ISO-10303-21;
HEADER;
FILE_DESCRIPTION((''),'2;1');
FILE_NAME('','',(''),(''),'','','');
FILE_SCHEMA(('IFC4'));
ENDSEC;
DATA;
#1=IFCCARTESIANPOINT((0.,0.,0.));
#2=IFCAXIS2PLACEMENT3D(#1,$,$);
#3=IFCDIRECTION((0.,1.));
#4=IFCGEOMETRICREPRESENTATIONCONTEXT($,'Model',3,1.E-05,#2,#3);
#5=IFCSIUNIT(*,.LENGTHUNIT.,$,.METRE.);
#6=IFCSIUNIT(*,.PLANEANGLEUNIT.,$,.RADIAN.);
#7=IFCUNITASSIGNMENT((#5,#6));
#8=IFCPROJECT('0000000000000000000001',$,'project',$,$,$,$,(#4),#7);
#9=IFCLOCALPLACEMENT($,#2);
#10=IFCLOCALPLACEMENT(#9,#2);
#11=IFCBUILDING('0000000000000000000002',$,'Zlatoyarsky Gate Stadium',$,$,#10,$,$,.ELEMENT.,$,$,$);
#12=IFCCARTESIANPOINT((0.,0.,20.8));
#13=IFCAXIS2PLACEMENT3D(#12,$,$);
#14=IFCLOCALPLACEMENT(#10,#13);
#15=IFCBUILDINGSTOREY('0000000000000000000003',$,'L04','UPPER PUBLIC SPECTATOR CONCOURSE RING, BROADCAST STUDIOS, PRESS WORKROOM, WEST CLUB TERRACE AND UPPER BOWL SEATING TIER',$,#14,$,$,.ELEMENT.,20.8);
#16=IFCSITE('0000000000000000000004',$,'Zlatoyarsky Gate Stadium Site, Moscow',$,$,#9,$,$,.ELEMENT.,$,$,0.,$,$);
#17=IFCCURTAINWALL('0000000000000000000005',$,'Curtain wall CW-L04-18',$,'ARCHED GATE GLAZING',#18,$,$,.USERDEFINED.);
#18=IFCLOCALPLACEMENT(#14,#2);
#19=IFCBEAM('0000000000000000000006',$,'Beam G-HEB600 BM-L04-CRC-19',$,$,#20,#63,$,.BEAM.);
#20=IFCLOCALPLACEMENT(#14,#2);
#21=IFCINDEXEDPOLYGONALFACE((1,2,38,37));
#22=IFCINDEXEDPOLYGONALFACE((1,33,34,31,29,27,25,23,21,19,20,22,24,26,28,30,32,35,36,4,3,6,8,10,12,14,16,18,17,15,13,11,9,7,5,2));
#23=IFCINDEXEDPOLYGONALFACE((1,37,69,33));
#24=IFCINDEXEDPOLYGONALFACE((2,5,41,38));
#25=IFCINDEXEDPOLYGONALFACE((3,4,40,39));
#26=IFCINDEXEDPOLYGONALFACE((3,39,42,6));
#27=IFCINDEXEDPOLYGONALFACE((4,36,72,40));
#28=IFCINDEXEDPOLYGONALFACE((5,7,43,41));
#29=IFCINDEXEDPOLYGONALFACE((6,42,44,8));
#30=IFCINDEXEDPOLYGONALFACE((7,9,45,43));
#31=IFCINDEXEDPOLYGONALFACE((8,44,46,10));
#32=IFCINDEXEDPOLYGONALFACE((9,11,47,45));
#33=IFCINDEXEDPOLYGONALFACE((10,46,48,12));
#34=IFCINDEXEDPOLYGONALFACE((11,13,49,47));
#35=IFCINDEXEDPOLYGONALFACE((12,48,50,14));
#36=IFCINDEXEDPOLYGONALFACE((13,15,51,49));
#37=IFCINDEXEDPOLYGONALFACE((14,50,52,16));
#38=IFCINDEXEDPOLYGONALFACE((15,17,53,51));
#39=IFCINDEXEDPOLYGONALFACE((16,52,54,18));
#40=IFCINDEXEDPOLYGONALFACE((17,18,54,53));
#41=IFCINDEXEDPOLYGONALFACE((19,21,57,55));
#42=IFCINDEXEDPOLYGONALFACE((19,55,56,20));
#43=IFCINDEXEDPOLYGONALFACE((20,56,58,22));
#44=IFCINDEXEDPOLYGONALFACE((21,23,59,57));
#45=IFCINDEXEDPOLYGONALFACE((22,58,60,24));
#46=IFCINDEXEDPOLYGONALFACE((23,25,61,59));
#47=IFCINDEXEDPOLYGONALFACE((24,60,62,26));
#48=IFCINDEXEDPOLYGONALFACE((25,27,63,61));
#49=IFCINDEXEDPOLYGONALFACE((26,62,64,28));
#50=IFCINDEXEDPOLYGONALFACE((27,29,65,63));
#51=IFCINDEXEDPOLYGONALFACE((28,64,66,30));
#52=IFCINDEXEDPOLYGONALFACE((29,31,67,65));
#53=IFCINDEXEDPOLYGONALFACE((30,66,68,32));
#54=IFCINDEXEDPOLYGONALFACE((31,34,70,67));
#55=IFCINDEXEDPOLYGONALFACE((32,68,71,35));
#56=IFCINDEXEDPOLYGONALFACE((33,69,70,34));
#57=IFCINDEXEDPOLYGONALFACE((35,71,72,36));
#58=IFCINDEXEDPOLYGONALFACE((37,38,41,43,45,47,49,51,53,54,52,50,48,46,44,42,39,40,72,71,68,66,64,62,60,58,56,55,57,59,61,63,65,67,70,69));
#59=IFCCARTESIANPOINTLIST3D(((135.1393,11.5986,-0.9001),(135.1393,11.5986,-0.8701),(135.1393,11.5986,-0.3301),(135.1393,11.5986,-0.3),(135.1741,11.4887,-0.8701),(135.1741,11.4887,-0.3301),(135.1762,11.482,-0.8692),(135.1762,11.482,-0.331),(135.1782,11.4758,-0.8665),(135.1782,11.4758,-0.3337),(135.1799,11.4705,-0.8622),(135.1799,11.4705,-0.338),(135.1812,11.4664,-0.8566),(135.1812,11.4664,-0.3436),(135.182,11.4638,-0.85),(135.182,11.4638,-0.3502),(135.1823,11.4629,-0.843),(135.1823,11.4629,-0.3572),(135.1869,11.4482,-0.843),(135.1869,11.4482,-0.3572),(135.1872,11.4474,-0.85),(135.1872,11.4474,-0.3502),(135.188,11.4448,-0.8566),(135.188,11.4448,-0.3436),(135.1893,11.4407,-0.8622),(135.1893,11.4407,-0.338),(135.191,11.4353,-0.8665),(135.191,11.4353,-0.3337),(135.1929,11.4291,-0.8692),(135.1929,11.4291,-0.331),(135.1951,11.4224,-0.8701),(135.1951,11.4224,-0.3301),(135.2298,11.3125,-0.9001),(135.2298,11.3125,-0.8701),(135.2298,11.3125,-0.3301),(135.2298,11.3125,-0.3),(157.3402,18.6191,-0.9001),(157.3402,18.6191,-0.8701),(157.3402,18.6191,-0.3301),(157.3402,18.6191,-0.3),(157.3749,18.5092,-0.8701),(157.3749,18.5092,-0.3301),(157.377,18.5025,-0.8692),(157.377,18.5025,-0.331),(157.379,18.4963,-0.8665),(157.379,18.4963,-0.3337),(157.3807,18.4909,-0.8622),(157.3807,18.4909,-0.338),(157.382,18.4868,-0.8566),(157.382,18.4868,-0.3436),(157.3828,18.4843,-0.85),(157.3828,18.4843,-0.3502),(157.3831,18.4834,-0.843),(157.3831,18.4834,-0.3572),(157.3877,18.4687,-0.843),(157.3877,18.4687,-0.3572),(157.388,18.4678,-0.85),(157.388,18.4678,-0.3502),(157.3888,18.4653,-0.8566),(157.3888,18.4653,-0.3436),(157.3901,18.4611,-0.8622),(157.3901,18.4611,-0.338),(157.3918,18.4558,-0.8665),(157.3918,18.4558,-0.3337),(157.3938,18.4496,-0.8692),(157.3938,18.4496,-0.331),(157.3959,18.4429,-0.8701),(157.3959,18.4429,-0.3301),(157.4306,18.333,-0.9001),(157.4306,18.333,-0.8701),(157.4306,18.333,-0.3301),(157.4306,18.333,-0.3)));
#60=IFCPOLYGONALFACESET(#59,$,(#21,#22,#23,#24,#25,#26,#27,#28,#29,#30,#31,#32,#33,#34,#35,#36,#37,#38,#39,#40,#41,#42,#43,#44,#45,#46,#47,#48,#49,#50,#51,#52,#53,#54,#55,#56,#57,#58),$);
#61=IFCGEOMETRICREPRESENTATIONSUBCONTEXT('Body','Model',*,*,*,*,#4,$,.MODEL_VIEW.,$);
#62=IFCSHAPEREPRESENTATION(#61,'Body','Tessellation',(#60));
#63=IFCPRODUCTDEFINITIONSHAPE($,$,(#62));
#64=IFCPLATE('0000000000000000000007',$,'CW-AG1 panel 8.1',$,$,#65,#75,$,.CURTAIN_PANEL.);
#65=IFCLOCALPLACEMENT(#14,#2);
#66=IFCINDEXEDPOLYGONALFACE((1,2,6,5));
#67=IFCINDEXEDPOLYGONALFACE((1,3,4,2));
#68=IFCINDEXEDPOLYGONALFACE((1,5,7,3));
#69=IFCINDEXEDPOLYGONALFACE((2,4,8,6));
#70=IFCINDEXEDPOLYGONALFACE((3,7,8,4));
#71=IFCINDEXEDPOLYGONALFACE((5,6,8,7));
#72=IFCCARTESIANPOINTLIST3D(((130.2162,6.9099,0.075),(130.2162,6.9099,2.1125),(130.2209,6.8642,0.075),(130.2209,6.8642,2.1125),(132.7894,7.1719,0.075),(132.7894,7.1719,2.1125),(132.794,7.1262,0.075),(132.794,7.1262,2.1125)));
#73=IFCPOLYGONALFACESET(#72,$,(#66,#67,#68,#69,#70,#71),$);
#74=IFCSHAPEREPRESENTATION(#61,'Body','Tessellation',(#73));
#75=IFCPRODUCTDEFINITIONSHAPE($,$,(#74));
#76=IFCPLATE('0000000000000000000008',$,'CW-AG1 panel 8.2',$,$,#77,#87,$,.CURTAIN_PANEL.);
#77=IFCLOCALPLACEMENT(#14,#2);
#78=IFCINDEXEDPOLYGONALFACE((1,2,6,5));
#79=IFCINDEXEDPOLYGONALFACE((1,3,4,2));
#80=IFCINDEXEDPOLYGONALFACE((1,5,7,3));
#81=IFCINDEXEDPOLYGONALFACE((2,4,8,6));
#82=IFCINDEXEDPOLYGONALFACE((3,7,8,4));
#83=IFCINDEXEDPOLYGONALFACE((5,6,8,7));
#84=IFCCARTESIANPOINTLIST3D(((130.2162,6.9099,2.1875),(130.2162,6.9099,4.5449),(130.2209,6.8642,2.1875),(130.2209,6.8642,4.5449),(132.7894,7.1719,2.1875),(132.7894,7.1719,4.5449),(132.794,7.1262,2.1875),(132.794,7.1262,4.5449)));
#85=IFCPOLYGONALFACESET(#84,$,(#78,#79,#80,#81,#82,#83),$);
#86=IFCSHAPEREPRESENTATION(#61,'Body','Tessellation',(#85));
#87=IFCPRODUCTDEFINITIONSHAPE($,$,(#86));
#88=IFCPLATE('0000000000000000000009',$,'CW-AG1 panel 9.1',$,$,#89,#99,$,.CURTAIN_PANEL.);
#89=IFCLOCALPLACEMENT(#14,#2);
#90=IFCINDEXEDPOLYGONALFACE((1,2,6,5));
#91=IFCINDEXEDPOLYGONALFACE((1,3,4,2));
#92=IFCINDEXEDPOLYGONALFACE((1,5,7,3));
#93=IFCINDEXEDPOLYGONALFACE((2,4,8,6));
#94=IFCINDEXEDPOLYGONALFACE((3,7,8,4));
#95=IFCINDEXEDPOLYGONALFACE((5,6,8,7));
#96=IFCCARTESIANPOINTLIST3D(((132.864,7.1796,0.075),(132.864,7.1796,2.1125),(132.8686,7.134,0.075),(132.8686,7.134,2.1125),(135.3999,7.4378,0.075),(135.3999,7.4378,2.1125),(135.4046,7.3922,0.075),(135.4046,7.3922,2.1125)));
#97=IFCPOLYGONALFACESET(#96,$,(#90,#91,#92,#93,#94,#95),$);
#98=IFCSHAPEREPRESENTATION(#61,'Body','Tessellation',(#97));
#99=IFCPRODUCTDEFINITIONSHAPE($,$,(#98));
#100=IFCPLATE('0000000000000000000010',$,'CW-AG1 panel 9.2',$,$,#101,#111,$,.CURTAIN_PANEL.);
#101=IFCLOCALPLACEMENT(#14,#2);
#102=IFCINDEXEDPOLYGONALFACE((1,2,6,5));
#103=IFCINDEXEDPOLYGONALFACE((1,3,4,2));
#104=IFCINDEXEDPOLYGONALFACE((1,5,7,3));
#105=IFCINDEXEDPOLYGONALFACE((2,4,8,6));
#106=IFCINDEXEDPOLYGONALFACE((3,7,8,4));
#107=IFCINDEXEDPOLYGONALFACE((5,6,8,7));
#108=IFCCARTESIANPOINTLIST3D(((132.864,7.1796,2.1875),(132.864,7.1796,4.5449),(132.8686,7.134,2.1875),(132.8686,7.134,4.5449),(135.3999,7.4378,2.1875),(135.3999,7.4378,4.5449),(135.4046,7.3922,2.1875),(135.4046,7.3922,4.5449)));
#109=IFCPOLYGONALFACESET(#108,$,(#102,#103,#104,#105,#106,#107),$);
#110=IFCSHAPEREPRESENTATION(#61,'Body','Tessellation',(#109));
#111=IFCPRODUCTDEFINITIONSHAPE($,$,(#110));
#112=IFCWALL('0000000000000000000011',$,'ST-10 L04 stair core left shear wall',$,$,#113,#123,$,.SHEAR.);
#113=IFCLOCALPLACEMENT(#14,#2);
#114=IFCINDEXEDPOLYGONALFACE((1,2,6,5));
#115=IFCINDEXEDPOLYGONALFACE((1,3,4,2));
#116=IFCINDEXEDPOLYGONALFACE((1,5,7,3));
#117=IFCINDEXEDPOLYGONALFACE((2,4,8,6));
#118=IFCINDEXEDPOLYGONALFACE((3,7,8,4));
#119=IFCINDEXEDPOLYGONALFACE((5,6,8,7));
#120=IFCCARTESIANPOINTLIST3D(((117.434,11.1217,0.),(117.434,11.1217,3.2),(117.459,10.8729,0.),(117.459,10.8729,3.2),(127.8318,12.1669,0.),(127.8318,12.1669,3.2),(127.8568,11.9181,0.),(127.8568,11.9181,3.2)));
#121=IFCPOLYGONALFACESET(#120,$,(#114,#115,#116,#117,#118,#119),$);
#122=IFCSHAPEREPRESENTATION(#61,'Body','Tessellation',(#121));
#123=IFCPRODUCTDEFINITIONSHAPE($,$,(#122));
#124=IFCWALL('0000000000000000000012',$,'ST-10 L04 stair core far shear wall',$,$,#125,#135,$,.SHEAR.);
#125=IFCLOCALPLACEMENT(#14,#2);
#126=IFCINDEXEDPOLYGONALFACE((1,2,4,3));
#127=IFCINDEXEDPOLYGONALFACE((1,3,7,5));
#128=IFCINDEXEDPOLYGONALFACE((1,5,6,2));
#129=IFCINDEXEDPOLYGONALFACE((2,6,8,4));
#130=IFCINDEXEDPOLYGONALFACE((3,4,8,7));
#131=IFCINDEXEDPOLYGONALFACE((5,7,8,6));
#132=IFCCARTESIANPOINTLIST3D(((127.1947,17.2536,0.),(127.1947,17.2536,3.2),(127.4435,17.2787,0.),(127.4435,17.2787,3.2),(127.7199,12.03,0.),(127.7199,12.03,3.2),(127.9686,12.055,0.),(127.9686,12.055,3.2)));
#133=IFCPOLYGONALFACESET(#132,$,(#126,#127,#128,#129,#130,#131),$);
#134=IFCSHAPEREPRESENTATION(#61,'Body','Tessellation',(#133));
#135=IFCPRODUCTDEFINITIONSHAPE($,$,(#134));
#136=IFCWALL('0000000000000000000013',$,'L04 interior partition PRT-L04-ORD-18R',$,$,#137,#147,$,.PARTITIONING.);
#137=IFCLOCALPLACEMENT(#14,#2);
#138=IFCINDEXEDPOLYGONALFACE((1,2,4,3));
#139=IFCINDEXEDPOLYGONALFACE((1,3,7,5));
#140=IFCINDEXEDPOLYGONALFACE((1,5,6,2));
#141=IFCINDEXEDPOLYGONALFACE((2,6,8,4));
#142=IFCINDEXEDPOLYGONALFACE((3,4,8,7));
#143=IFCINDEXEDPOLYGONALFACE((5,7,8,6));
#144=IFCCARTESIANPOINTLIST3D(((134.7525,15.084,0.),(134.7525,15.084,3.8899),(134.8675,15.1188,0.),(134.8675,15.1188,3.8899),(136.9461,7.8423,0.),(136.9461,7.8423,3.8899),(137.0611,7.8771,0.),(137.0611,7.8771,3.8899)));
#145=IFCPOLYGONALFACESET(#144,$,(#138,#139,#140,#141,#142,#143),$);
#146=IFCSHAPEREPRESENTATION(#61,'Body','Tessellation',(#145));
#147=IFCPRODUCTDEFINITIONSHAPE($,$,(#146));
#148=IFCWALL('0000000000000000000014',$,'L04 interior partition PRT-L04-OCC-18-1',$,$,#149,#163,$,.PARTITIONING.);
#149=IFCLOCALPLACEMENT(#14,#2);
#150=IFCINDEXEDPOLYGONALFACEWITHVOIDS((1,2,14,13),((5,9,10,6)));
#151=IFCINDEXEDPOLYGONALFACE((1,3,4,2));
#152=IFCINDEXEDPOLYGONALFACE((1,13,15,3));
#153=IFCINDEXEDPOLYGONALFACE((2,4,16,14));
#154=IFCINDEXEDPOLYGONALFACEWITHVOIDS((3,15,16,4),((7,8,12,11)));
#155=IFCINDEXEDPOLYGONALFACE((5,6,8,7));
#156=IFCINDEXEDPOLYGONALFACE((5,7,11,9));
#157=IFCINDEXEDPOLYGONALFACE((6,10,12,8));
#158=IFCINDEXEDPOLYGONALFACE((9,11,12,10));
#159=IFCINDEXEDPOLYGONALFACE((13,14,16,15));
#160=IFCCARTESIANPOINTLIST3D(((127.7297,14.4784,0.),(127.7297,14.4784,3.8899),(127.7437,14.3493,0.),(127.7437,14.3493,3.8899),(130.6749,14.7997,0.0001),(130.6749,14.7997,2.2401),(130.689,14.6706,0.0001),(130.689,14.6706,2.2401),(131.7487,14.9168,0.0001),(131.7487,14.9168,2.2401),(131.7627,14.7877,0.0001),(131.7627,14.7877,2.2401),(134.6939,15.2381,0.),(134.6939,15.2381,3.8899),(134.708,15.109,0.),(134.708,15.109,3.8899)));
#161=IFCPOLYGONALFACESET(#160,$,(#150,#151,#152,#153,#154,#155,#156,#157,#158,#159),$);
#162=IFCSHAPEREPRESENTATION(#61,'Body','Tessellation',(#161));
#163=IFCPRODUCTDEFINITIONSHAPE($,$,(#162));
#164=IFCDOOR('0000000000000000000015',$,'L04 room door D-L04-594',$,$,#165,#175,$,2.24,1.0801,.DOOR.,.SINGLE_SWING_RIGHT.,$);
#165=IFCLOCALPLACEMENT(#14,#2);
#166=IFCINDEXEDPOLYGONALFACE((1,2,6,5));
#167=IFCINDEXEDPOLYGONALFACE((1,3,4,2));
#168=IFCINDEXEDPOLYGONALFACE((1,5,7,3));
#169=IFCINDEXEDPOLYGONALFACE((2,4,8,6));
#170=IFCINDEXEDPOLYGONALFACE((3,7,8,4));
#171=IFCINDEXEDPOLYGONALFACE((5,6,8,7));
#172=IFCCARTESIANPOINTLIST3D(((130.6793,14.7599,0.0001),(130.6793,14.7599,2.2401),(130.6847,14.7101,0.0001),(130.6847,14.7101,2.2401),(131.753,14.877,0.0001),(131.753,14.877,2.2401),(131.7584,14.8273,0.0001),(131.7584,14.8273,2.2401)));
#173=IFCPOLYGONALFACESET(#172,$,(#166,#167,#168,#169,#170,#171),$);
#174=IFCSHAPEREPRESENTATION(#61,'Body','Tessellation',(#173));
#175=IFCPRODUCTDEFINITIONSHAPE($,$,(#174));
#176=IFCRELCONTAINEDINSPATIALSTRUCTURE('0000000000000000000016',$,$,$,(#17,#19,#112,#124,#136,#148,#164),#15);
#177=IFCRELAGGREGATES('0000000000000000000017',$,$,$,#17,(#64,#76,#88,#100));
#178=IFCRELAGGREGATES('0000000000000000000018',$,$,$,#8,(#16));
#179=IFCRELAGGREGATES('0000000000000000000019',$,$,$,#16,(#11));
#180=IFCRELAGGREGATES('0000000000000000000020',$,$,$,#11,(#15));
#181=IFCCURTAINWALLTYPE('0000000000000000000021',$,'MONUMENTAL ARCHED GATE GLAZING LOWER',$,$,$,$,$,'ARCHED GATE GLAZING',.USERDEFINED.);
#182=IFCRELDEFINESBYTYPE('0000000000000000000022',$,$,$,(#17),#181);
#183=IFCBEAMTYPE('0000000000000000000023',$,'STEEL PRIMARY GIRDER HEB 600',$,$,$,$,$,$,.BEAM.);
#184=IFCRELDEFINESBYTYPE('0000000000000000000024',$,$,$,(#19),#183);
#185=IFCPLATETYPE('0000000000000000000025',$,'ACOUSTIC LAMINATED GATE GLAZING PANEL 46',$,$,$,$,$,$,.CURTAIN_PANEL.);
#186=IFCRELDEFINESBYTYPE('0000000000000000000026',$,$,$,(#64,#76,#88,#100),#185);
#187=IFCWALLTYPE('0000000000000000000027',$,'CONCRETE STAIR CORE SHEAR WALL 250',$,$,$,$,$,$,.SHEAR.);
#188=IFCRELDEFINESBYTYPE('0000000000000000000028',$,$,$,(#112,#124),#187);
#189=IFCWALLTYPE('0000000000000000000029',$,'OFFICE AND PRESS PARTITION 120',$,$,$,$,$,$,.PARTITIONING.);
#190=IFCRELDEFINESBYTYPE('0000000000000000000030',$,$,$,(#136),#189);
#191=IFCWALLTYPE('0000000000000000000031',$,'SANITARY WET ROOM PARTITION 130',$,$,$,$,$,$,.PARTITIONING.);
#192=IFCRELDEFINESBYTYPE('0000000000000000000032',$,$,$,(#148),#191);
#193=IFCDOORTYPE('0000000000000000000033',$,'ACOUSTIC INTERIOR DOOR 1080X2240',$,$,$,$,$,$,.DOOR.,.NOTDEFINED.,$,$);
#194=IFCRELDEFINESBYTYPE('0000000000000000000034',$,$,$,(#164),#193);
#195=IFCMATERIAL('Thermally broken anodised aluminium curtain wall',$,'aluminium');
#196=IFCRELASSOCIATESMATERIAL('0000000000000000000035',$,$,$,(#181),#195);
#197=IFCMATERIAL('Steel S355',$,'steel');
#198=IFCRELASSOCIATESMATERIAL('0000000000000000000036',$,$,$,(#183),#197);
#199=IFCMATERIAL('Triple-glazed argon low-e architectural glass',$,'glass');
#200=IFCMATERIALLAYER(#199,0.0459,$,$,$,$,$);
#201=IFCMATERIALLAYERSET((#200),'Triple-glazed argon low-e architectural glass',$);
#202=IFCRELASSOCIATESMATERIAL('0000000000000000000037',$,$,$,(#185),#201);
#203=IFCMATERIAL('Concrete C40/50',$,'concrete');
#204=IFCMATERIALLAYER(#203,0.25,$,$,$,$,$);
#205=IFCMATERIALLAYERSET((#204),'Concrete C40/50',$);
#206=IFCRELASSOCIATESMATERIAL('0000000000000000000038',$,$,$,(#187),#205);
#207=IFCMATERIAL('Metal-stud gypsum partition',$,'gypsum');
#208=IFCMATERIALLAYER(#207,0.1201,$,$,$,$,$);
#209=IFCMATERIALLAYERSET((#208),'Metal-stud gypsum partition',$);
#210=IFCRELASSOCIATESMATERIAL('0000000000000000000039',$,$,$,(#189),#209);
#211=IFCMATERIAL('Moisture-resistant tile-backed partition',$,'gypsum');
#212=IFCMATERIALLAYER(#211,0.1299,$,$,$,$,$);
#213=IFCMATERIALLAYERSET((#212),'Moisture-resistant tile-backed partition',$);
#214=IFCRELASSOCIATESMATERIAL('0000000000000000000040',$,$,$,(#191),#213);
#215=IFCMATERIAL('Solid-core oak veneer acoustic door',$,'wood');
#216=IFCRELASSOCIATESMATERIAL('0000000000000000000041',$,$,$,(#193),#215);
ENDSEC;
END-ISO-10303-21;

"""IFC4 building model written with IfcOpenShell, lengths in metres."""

from ifc_helpers import new_model, si_unit, direction, frame, frame_2d, origin, origin_2d, place, context, subcontext, project, spatial, rectangle, i_section, extrude, material, layer, layer_set, material_profile, profile_set, type_object, element, fill, aggregate, save


model = new_model("IFC4")

# Units and contexts
model_context = context("Model", 3, precision=1e-05, world=origin(), true_north=direction((0.0, 1.0)))
body_context = subcontext(model_context, "Body", "Model", "MODEL_VIEW")
ifc_project = project(units=[si_unit("LENGTHUNIT", "METRE"), si_unit("PLANEANGLEUNIT", "RADIAN")], contexts=[model_context])

# Site, building, storey
site_placement = place(None, origin())
site = spatial("IfcSite", under=ifc_project, at=site_placement, Name="Zlatoyarsky Gate Stadium Site, Moscow", CompositionType="ELEMENT", RefElevation=0.0)
building_placement = place(site_placement, origin())
building = spatial("IfcBuilding", under=site, at=building_placement, Name="Zlatoyarsky Gate Stadium", CompositionType="ELEMENT")
storey_placement = place(building_placement, frame((0.0, 0.0, 20.8)))
storey = spatial("IfcBuildingStorey", under=building, at=storey_placement, Name="L04", Description="UPPER PUBLIC SPECTATOR CONCOURSE RING, BROADCAST STUDIOS, PRESS WORKROOM, WEST CLUB TERRACE AND UPPER BOWL SEATING TIER", CompositionType="ELEMENT", Elevation=20.8)

# Shared definitions
ifc_material_1 = material(Name="Steel S355", Category="steel")

# Curtain wall
ifc_material_2 = material(Name="Thermally broken anodised aluminium curtain wall", Category="aluminium")
curtain_wall_type = type_object("IfcCurtainWallType", Name="MONUMENTAL ARCHED GATE GLAZING LOWER", ElementType="ARCHED GATE GLAZING", PredefinedType="USERDEFINED", material=ifc_material_2)
curtain_wall_placement = place(storey_placement, origin())
curtain_wall = element("IfcCurtainWall", 1, at=curtain_wall_placement, inside=storey, type_object=curtain_wall_type, Name="Curtain wall CW-L04-18", ObjectType="ARCHED GATE GLAZING", PredefinedType="USERDEFINED")

# Beam
ifc_material_profile_1 = material_profile(ifc_material_1, i_section(OverallWidth=0.3, OverallDepth=0.6001, WebThickness=0.0154, FlangeThickness=0.03, FilletRadius=0.0271, at=origin_2d()), Name="HEB 600")
ifc_profile_set_1 = profile_set([ifc_material_profile_1], Name="Steel S355")
beam_type_1 = type_object("IfcBeamType", Name="STEEL PRIMARY GIRDER HEB 600", PredefinedType="BEAM", material=ifc_profile_set_1)
beam_1_placement = place(storey_placement, frame((135.1846, 11.4556, -0.6001), z_axis=(0.953463, 0.30151, 0.0), x_axis=(-0.30151, 0.953463, 0.0)))
element("IfcBeam", 2, at=beam_1_placement, inside=storey, type_object=beam_type_1, Name="Beam G-HEB600 BM-L04-CRC-19", PredefinedType="BEAM", context=body_context, shape_type="SweptSolid", body=[
    extrude(i_section(OverallWidth=0.3, OverallDepth=0.6001, WebThickness=0.0154, FlangeThickness=0.03, FilletRadius=0.0271, at=origin_2d()), origin(), (0.0, 0.0, 1.0), 23.2844),
])

# Plates
ifc_material_3 = material(Name="Triple-glazed argon low-e architectural glass", Category="glass")
ifc_layer_1 = layer(ifc_material_3, 0.0459)
ifc_layer_set_1 = layer_set([ifc_layer_1], Name="Triple-glazed argon low-e architectural glass")
plate_type = type_object("IfcPlateType", Name="ACOUSTIC LAMINATED GATE GLAZING PANEL 46", PredefinedType="CURTAIN_PANEL", material=ifc_layer_set_1)
plate_1_placement = place(storey_placement, frame((131.5051, 7.0181, 0.075), z_axis=(0.0, 0.0, 1.0), x_axis=(0.994857, 0.101293, 0.0)))
plate_1 = element("IfcPlate", 3, at=plate_1_placement, type_object=plate_type, Name="CW-AG1 panel 8.1", PredefinedType="CURTAIN_PANEL", context=body_context, shape_type="SweptSolid", body=[
    extrude(rectangle(XDim=2.5864, YDim=0.0459, at=origin_2d()), origin(), (0.0, 0.0, 1.0), 2.0376),
])
plate_2_placement = place(storey_placement, frame((131.5051, 7.0181, 2.1875), z_axis=(0.0, 0.0, 1.0), x_axis=(0.994857, 0.101293, 0.0)))
plate_2 = element("IfcPlate", 4, at=plate_2_placement, type_object=plate_type, Name="CW-AG1 panel 8.2", PredefinedType="CURTAIN_PANEL", context=body_context, shape_type="SweptSolid", body=[
    extrude(rectangle(XDim=2.5864, YDim=0.0459, at=origin_2d()), origin(), (0.0, 0.0, 1.0), 2.3574),
])
plate_3_placement = place(storey_placement, frame((134.1343, 7.2859, 0.075), z_axis=(0.0, 0.0, 1.0), x_axis=(0.994857, 0.101293, 0.0)))
plate_3 = element("IfcPlate", 5, at=plate_3_placement, type_object=plate_type, Name="CW-AG1 panel 9.1", PredefinedType="CURTAIN_PANEL", context=body_context, shape_type="SweptSolid", body=[
    extrude(rectangle(XDim=2.5491, YDim=0.0459, at=origin_2d()), origin(), (0.0, 0.0, 1.0), 2.0376),
])
plate_4_placement = place(storey_placement, frame((134.1343, 7.2859, 2.1875), z_axis=(0.0, 0.0, 1.0), x_axis=(0.994857, 0.101293, 0.0)))
plate_4 = element("IfcPlate", 6, at=plate_4_placement, type_object=plate_type, Name="CW-AG1 panel 9.2", PredefinedType="CURTAIN_PANEL", context=body_context, shape_type="SweptSolid", body=[
    extrude(rectangle(XDim=2.5491, YDim=0.0459, at=origin_2d()), origin(), (0.0, 0.0, 1.0), 2.3574),
])
aggregate(curtain_wall, [plate_1, plate_2, plate_3, plate_4])

# Walls
ifc_material_4 = material(Name="Concrete C40/50", Category="concrete")
ifc_layer_2 = layer(ifc_material_4, 0.25)
ifc_layer_set_2 = layer_set([ifc_layer_2], Name="Concrete C40/50")
wall_type_1 = type_object("IfcWallType", Name="CONCRETE STAIR CORE SHEAR WALL 250", PredefinedType="SHEAR", material=ifc_layer_set_2)
wall_1_placement = place(storey_placement, frame((117.4465, 10.9973, 0.0), z_axis=(0.0, 0.0, 1.0), x_axis=(0.994986, 0.100015, 0.0)))
element("IfcWall", 7, at=wall_1_placement, inside=storey, type_object=wall_type_1, Name="ST-10 L04 stair core left shear wall", PredefinedType="SHEAR", context=body_context, shape_type="SweptSolid", body=[
    extrude(rectangle(XDim=10.4502, YDim=0.25, at=frame_2d((5.2251, 0.0))), origin(), (0.0, 0.0, 1.0), 3.2),
])
wall_2_placement = place(storey_placement, frame((127.8442, 12.0425, 0.0), z_axis=(0.0, 0.0, 1.0), x_axis=(-0.100029, 0.994985, 0.0)))
element("IfcWall", 8, at=wall_2_placement, inside=storey, type_object=wall_type_1, Name="ST-10 L04 stair core far shear wall", PredefinedType="SHEAR", context=body_context, shape_type="SweptSolid", body=[
    extrude(rectangle(XDim=5.25, YDim=0.25, at=frame_2d((2.625, 0.0))), origin(), (0.0, 0.0, 1.0), 3.2),
])
ifc_material_5 = material(Name="Metal-stud gypsum partition", Category="gypsum")
ifc_layer_3 = layer(ifc_material_5, 0.1201)
ifc_layer_set_3 = layer_set([ifc_layer_3], Name="Metal-stud gypsum partition")
wall_type_2 = type_object("IfcWallType", Name="OFFICE AND PRESS PARTITION 120", PredefinedType="PARTITIONING", material=ifc_layer_set_3)
wall_3_placement = place(storey_placement, frame((134.8101, 15.1013, 0.0), z_axis=(0.0, 0.0, 1.0), x_axis=(0.289904, -0.957056, 0.0)))
element("IfcWall", 9, at=wall_3_placement, inside=storey, type_object=wall_type_2, Name="L04 interior partition PRT-L04-ORD-18R", PredefinedType="PARTITIONING", context=body_context, shape_type="SweptSolid", body=[
    extrude(rectangle(XDim=7.5667, YDim=0.1201, at=frame_2d((3.7832, 0.0))), origin(), (0.0, 0.0, 1.0), 3.8899),
])

# Wall, opening, door
ifc_material_6 = material(Name="Moisture-resistant tile-backed partition", Category="gypsum")
ifc_layer_4 = layer(ifc_material_6, 0.1299)
ifc_layer_set_4 = layer_set([ifc_layer_4], Name="Moisture-resistant tile-backed partition")
wall_type_3 = type_object("IfcWallType", Name="SANITARY WET ROOM PARTITION 130", PredefinedType="PARTITIONING", material=ifc_layer_set_4)
wall_4_placement = place(storey_placement, frame((127.7366, 14.4138, 0.0), z_axis=(0.0, 0.0, 1.0), x_axis=(0.994102, 0.10845, 0.0)))
wall_4 = element("IfcWall", 10, at=wall_4_placement, inside=storey, type_object=wall_type_3, Name="L04 interior partition PRT-L04-OCC-18-1", PredefinedType="PARTITIONING", context=body_context, shape_type="SweptSolid", body=[
    extrude(rectangle(XDim=7.0056, YDim=0.1299, at=frame_2d((3.5029, 0.0))), origin(), (0.0, 0.0, 1.0), 3.8899),
])
opening_placement = place(wall_4_placement, frame((2.9629, 0.0, 0.0)))
opening = element("IfcOpeningElement", 11, at=opening_placement, cuts=wall_4, PredefinedType="OPENING", context=body_context, shape_type="SweptSolid", body=[
    extrude(rectangle(XDim=1.0801, YDim=2.24, at=frame_2d((0.54, 1.1201))), frame((0.0, 0.075, 0.0), z_axis=(0.0, -1.0, 0.0), x_axis=(1.0, 0.0, 0.0)), (0.0, 0.0, 1.0), 0.1499),
])
ifc_material_7 = material(Name="Solid-core oak veneer acoustic door", Category="wood")
door_type = type_object("IfcDoorType", Name="ACOUSTIC INTERIOR DOOR 1080X2240", OperationType="NOTDEFINED", PredefinedType="DOOR", material=ifc_material_7)
door_placement = place(opening_placement, origin())
door = element("IfcDoor", 12, at=door_placement, inside=storey, type_object=door_type, Name="L04 room door D-L04-594", OperationType="SINGLE_SWING_RIGHT", OverallHeight=2.24, OverallWidth=1.0801, PredefinedType="DOOR", context=body_context, shape_type="SweptSolid", body=[
    extrude(rectangle(XDim=1.0801, YDim=2.24, at=frame_2d((0.54, 1.1201))), frame((0.0, 0.0249, 0.0), z_axis=(0.0, -1.0, 0.0), x_axis=(1.0, 0.0, 0.0)), (0.0, 0.0, 1.0), 0.05),
])
fill(opening, door)

save(model, "model.ifc")
